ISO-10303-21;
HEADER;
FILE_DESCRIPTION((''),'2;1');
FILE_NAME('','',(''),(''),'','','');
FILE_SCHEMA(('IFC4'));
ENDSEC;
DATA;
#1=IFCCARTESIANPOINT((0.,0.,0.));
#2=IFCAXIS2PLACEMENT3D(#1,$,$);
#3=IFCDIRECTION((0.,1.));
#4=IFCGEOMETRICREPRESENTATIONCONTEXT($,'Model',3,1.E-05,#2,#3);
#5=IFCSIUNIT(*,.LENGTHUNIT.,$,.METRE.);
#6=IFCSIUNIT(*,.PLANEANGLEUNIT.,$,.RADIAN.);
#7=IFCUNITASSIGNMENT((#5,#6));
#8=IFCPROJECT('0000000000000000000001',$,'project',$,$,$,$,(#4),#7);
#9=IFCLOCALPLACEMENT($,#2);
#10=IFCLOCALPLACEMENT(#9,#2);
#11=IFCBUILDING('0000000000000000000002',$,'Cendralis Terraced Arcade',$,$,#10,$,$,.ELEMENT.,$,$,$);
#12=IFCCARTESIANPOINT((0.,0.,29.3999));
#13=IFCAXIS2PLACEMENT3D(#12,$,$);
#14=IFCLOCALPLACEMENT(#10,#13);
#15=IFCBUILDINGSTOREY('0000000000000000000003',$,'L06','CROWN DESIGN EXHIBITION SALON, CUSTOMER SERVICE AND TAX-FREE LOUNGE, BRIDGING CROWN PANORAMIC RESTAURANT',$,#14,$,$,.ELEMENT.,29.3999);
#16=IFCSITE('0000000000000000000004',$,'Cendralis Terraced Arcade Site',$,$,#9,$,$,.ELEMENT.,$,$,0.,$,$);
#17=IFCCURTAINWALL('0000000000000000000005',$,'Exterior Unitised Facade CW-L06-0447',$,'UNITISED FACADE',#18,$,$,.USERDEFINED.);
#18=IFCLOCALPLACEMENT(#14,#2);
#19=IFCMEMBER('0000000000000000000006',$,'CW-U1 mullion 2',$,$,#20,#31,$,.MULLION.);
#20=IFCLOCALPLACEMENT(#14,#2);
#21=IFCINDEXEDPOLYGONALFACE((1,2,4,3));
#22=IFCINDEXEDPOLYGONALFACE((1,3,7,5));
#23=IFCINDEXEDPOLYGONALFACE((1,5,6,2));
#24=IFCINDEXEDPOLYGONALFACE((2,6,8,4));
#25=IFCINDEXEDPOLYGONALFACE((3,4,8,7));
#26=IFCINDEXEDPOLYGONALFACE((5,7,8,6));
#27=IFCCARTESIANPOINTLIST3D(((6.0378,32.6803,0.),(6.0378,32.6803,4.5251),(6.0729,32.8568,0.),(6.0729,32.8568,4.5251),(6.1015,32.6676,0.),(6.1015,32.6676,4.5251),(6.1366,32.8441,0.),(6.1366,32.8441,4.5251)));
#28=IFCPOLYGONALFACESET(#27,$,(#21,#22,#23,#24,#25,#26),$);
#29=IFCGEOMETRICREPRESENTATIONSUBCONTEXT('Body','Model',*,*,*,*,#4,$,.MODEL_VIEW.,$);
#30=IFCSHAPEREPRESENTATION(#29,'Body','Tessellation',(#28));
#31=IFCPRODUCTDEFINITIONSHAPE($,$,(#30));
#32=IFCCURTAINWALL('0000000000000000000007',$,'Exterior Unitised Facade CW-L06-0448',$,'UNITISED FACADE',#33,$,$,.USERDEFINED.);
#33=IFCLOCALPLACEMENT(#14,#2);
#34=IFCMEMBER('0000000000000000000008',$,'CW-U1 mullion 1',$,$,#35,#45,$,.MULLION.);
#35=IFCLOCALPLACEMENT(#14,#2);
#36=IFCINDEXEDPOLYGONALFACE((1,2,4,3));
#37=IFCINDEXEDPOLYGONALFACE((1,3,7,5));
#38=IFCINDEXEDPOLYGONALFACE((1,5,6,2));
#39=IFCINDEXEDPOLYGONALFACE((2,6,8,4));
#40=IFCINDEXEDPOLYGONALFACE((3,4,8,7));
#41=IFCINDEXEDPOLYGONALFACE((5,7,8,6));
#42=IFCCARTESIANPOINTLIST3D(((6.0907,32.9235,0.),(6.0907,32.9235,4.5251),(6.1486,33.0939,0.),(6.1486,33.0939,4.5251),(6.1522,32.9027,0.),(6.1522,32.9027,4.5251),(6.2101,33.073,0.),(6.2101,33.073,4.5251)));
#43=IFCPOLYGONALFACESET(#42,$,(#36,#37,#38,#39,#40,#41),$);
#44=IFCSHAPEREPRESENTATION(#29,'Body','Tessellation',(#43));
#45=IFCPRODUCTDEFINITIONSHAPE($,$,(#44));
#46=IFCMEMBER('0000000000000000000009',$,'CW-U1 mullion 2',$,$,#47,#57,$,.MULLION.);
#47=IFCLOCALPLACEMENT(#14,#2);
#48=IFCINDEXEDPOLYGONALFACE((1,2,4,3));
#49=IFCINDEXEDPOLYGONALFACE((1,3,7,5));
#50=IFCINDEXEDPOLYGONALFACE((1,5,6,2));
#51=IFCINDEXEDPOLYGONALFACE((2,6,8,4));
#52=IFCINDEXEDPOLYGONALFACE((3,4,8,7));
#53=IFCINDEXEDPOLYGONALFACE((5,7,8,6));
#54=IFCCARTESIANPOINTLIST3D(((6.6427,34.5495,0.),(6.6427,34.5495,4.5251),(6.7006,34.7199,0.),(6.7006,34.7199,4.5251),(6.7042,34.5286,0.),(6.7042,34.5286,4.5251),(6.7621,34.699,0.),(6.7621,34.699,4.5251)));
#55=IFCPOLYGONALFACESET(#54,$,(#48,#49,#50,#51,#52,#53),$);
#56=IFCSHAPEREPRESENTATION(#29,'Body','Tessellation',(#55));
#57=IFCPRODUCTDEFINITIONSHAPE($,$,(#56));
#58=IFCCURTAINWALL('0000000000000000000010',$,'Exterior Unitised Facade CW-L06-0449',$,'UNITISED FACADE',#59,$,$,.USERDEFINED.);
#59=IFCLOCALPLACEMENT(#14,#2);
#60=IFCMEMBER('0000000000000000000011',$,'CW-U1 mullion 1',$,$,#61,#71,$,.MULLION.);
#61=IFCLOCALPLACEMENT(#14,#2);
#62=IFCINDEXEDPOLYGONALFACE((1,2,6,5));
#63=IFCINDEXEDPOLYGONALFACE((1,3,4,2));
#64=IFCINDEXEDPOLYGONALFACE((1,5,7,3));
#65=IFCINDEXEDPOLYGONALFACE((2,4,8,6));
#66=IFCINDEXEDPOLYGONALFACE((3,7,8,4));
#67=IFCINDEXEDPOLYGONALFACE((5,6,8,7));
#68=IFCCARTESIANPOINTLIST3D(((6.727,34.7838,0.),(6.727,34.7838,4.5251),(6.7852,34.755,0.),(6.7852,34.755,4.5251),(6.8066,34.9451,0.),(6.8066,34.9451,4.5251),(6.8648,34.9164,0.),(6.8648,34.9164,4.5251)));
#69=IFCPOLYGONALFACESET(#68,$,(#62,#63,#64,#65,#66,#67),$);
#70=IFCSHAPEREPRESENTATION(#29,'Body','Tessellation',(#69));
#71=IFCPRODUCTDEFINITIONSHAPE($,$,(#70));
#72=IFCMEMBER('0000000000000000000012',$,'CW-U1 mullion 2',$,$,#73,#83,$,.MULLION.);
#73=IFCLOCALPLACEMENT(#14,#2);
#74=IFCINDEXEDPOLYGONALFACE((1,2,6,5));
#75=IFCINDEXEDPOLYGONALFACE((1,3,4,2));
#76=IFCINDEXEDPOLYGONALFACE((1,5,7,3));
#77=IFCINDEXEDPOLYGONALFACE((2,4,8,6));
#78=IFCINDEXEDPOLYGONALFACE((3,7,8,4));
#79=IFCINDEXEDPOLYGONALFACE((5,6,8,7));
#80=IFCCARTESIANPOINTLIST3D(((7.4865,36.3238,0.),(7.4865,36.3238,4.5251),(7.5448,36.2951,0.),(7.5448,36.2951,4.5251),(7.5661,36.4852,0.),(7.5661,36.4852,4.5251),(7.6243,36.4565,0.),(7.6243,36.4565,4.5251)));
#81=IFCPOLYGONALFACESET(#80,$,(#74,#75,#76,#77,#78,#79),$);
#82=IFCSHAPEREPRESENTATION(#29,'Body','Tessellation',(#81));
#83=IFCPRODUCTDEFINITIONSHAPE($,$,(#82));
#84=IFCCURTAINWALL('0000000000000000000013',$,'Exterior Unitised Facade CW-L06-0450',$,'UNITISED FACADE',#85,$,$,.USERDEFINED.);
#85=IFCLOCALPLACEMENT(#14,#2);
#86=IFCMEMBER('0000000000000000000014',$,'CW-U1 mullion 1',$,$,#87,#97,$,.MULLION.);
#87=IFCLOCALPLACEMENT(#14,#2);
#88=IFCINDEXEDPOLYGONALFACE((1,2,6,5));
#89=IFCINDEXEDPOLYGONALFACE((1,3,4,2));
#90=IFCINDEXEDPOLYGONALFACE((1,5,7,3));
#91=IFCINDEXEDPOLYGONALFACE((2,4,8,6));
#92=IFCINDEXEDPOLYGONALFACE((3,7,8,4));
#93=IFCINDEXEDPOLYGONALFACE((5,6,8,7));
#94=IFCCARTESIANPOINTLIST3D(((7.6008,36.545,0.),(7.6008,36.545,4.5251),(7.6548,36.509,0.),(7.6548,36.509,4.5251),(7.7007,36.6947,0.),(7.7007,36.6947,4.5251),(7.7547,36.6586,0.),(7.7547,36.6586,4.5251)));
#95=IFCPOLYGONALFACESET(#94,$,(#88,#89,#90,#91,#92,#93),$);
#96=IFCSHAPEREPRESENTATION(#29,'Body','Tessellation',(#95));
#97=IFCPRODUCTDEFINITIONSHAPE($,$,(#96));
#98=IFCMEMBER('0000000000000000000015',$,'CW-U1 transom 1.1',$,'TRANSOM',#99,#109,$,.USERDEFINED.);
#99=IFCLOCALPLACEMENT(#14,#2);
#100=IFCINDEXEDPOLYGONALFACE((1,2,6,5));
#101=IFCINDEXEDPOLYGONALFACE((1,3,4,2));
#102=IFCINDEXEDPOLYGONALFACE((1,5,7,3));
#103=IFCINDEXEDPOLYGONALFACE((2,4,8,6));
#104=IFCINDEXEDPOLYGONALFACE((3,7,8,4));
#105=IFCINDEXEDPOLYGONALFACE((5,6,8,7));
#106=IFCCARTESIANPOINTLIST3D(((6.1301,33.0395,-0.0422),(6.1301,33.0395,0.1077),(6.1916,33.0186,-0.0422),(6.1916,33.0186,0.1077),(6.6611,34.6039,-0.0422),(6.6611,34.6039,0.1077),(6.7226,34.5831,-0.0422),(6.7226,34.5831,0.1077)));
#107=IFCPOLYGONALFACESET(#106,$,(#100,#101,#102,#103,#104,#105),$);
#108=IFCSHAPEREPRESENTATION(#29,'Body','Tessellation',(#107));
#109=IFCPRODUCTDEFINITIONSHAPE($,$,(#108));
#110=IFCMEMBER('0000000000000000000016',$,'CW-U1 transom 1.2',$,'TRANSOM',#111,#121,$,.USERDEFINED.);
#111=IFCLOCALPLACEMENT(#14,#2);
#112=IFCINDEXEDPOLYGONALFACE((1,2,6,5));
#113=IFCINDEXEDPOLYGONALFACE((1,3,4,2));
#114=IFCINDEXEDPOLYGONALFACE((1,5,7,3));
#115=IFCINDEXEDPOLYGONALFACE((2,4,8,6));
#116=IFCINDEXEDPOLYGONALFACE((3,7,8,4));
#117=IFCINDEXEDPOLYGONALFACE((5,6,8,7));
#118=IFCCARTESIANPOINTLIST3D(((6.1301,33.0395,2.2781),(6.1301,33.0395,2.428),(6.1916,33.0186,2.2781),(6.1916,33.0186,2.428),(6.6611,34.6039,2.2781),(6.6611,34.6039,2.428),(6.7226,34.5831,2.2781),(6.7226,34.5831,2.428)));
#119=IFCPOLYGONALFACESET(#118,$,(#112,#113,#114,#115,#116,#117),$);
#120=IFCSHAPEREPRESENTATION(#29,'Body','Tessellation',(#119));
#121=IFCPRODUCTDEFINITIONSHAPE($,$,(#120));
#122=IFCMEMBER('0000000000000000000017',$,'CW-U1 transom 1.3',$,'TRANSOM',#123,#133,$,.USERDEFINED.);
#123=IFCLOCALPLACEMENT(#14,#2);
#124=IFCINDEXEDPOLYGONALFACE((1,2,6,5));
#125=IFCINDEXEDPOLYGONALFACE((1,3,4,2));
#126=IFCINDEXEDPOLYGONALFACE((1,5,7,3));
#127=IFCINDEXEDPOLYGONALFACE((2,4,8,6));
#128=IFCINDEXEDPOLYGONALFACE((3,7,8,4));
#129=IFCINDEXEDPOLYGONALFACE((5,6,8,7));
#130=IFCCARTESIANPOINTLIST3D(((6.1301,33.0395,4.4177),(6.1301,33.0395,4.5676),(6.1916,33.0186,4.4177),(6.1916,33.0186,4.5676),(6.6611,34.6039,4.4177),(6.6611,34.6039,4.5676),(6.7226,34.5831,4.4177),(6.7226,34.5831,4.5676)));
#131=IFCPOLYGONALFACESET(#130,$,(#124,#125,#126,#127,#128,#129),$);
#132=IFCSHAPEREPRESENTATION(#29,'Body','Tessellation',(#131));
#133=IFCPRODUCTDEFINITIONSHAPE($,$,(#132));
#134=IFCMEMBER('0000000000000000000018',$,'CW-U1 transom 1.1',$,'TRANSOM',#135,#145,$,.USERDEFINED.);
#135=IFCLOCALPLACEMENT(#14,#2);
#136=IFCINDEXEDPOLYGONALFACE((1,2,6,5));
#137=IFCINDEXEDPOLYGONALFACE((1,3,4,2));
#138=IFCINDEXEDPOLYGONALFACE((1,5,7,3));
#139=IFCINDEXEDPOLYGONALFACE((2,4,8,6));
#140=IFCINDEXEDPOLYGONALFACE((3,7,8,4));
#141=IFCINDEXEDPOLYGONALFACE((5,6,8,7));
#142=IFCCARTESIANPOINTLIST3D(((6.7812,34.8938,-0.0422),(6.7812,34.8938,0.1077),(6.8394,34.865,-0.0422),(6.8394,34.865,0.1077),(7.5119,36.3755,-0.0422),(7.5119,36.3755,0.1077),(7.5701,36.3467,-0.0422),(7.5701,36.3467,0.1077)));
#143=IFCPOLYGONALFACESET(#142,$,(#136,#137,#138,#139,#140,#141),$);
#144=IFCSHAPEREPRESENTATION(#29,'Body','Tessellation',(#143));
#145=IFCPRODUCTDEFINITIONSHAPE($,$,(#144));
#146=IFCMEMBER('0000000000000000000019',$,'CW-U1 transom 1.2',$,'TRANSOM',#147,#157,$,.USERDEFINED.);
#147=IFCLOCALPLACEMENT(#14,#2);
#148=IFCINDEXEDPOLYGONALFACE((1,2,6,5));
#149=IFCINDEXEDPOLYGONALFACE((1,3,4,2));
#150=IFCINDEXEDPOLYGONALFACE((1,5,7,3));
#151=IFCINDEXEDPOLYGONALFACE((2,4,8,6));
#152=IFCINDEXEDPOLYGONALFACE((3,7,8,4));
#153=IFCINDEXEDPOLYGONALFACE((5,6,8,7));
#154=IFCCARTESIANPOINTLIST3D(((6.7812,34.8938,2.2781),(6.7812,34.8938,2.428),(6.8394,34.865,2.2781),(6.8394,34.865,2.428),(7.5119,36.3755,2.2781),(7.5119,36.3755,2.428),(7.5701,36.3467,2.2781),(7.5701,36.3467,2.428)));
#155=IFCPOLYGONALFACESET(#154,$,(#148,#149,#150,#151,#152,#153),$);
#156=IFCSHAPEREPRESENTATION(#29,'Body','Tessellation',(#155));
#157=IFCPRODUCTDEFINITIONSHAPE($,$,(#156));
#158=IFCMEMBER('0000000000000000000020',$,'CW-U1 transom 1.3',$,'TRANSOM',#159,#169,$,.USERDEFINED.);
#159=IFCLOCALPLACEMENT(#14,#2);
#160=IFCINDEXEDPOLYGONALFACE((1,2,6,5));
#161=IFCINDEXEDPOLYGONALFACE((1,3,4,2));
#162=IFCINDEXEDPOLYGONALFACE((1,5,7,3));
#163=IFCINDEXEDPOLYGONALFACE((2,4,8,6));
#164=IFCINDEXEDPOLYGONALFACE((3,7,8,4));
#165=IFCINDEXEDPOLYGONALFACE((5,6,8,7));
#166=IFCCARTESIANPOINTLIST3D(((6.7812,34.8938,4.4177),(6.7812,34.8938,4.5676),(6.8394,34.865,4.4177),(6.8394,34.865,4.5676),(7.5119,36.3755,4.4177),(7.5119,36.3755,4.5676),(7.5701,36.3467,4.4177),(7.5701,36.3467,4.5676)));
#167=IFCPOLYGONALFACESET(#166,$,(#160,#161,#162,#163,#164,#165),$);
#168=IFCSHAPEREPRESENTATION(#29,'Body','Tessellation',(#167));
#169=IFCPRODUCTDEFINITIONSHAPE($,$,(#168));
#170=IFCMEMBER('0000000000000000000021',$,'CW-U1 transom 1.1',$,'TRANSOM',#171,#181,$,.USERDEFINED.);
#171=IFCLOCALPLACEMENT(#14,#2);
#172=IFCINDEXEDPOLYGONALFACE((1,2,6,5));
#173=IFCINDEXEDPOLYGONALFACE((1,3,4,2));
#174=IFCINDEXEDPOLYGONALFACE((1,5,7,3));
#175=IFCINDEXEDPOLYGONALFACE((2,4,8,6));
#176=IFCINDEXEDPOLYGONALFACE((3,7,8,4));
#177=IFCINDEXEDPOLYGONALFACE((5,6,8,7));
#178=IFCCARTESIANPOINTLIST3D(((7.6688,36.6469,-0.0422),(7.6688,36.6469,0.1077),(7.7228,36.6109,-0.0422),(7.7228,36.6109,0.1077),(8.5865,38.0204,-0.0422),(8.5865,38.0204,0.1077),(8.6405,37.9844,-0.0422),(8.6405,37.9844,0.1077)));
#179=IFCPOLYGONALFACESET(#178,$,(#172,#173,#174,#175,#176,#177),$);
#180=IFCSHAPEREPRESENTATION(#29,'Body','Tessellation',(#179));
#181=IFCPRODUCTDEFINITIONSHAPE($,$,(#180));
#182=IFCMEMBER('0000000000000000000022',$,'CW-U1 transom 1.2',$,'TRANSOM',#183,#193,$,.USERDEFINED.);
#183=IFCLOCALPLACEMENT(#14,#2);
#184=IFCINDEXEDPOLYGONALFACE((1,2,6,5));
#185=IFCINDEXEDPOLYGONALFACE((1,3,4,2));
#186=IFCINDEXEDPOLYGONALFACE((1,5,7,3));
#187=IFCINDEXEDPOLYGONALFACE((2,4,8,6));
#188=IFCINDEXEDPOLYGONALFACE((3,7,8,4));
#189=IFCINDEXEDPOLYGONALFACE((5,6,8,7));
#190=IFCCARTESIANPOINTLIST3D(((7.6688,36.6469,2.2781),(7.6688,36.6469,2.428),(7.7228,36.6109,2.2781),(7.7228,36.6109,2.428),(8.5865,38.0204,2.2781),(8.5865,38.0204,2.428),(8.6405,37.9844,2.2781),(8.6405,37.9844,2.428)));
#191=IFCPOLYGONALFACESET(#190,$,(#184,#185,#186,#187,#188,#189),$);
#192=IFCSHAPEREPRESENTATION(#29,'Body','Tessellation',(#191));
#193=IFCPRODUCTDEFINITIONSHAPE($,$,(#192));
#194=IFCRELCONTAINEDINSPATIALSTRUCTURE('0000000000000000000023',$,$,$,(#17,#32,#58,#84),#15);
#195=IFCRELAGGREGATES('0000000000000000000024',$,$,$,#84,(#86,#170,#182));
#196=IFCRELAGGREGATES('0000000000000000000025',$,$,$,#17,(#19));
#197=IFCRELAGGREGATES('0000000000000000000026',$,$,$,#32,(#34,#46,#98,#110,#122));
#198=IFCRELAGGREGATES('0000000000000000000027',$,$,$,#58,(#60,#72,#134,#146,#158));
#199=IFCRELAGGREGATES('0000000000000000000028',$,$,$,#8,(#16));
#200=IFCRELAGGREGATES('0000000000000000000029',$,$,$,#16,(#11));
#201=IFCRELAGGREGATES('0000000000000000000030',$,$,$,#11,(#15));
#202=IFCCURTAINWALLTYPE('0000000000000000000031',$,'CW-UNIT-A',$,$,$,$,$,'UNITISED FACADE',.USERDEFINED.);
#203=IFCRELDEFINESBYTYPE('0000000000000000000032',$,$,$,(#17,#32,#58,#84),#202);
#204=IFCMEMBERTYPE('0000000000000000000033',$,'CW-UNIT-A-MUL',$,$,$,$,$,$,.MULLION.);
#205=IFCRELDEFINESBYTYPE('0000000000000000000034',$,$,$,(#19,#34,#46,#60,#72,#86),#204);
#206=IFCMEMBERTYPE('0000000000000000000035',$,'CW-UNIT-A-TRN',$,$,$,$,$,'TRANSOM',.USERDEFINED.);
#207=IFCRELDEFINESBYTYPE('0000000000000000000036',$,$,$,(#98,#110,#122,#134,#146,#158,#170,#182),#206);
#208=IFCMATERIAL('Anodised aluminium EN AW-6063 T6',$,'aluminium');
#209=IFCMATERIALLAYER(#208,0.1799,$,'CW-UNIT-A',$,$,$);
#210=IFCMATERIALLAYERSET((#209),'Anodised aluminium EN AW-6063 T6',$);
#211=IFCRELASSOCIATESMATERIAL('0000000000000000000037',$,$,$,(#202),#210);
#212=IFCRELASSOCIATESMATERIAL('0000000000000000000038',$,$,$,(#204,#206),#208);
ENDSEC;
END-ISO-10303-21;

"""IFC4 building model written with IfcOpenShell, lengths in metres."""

from ifc_helpers import new_model, si_unit, direction, frame, origin, origin_2d, place, context, subcontext, project, spatial, rectangle, extrude, material, layer, layer_set, material_profile, profile_set, type_object, element, aggregate, save


model = new_model("IFC4")

# Units and contexts
model_context = context("Model", 3, precision=1e-05, world=origin(), true_north=direction((0.0, 1.0)))
body_context = subcontext(model_context, "Body", "Model", "MODEL_VIEW")
ifc_project = project(units=[si_unit("LENGTHUNIT", "METRE"), si_unit("PLANEANGLEUNIT", "RADIAN")], contexts=[model_context])

# Site, building, storey
site_placement = place(None, origin())
site = spatial("IfcSite", under=ifc_project, at=site_placement, Name="Cendralis Terraced Arcade Site", CompositionType="ELEMENT", RefElevation=0.0)
building_placement = place(site_placement, origin())
building = spatial("IfcBuilding", under=site, at=building_placement, Name="Cendralis Terraced Arcade", CompositionType="ELEMENT")
storey_placement = place(building_placement, frame((0.0, 0.0, 29.3999)))
storey = spatial("IfcBuildingStorey", under=building, at=storey_placement, Name="L06", Description="CROWN DESIGN EXHIBITION SALON, CUSTOMER SERVICE AND TAX-FREE LOUNGE, BRIDGING CROWN PANORAMIC RESTAURANT", CompositionType="ELEMENT", Elevation=29.3999)

# Curtain wall, member
ifc_material_1 = material(Name="Anodised aluminium EN AW-6063 T6", Category="aluminium")
ifc_layer_1 = layer(ifc_material_1, 0.1799, Name="CW-UNIT-A")
ifc_layer_set_1 = layer_set([ifc_layer_1], Name="Anodised aluminium EN AW-6063 T6")
curtain_wall_type = type_object("IfcCurtainWallType", Name="CW-UNIT-A", ElementType="UNITISED FACADE", PredefinedType="USERDEFINED", material=ifc_layer_set_1)
curtain_wall_1_placement = place(storey_placement, origin())
curtain_wall_1 = element("IfcCurtainWall", 1, at=curtain_wall_1_placement, inside=storey, type_object=curtain_wall_type, Name="Exterior Unitised Facade CW-L06-0447", ObjectType="UNITISED FACADE", PredefinedType="USERDEFINED")
ifc_material_profile_1 = material_profile(ifc_material_1, rectangle(XDim=0.0649, YDim=0.1799, at=origin_2d()), Name="ALU-MUL-65x180")
ifc_profile_set_1 = profile_set([ifc_material_profile_1], Name="Anodised aluminium EN AW-6063 T6")
member_type_1 = type_object("IfcMemberType", Name="CW-UNIT-A-MUL", PredefinedType="MULLION", material=ifc_profile_set_1)
member_1_placement = place(storey_placement, frame((6.0872, 32.7622, 0.0), z_axis=(0.0, 0.0, 1.0), x_axis=(-0.980792, 0.195058, 0.0)))
member_1 = element("IfcMember", 2, at=member_1_placement, type_object=member_type_1, Name="CW-U1 mullion 2", PredefinedType="MULLION", context=body_context, shape_type="SweptSolid", body=[
    extrude(rectangle(XDim=0.0649, YDim=0.1799, at=origin_2d()), origin(), (0.0, 0.0, 1.0), 4.5251),
])

# Curtain walls, members
curtain_wall_2_placement = place(storey_placement, origin())
curtain_wall_2 = element("IfcCurtainWall", 3, at=curtain_wall_2_placement, inside=storey, type_object=curtain_wall_type, Name="Exterior Unitised Facade CW-L06-0448", ObjectType="UNITISED FACADE", PredefinedType="USERDEFINED")
member_2_placement = place(storey_placement, frame((6.1504, 32.9983, 0.0), z_axis=(0.0, 0.0, 1.0), x_axis=(-0.946924, 0.321458, 0.0)))
member_2 = element("IfcMember", 4, at=member_2_placement, type_object=member_type_1, Name="CW-U1 mullion 1", PredefinedType="MULLION", context=body_context, shape_type="SweptSolid", body=[
    extrude(rectangle(XDim=0.0649, YDim=0.1799, at=origin_2d()), origin(), (0.0, 0.0, 1.0), 4.5251),
])
member_3_placement = place(storey_placement, frame((6.7024, 34.6243, 0.0), z_axis=(0.0, 0.0, 1.0), x_axis=(-0.946924, 0.321458, 0.0)))
member_3 = element("IfcMember", 5, at=member_3_placement, type_object=member_type_1, Name="CW-U1 mullion 2", PredefinedType="MULLION", context=body_context, shape_type="SweptSolid", body=[
    extrude(rectangle(XDim=0.0649, YDim=0.1799, at=origin_2d()), origin(), (0.0, 0.0, 1.0), 4.5251),
])
curtain_wall_3_placement = place(storey_placement, origin())
curtain_wall_3 = element("IfcCurtainWall", 6, at=curtain_wall_3_placement, inside=storey, type_object=curtain_wall_type, Name="Exterior Unitised Facade CW-L06-0449", ObjectType="UNITISED FACADE", PredefinedType="USERDEFINED")
member_4_placement = place(storey_placement, frame((6.7959, 34.8501, 0.0), z_axis=(0.0, 0.0, 1.0), x_axis=(-0.896871, 0.442291, 0.0)))
member_4 = element("IfcMember", 7, at=member_4_placement, type_object=member_type_1, Name="CW-U1 mullion 1", PredefinedType="MULLION", context=body_context, shape_type="SweptSolid", body=[
    extrude(rectangle(XDim=0.0649, YDim=0.1799, at=origin_2d()), origin(), (0.0, 0.0, 1.0), 4.5251),
])
member_5_placement = place(storey_placement, frame((7.5554, 36.3901, 0.0), z_axis=(0.0, 0.0, 1.0), x_axis=(-0.896871, 0.442291, 0.0)))
member_5 = element("IfcMember", 8, at=member_5_placement, type_object=member_type_1, Name="CW-U1 mullion 2", PredefinedType="MULLION", context=body_context, shape_type="SweptSolid", body=[
    extrude(rectangle(XDim=0.0649, YDim=0.1799, at=origin_2d()), origin(), (0.0, 0.0, 1.0), 4.5251),
])

# Curtain wall, member
curtain_wall_4_placement = place(storey_placement, origin())
curtain_wall_4 = element("IfcCurtainWall", 9, at=curtain_wall_4_placement, inside=storey, type_object=curtain_wall_type, Name="Exterior Unitised Facade CW-L06-0450", ObjectType="UNITISED FACADE", PredefinedType="USERDEFINED")
member_6_placement = place(storey_placement, frame((7.6777, 36.6018, 0.0), z_axis=(0.0, 0.0, 1.0), x_axis=(-0.831471, 0.555567, 0.0)))
member_6 = element("IfcMember", 10, at=member_6_placement, type_object=member_type_1, Name="CW-U1 mullion 1", PredefinedType="MULLION", context=body_context, shape_type="SweptSolid", body=[
    extrude(rectangle(XDim=0.0649, YDim=0.1799, at=origin_2d()), origin(), (0.0, 0.0, 1.0), 4.5251),
])

# Members
ifc_material_profile_2 = material_profile(ifc_material_1, rectangle(XDim=0.0649, YDim=0.1499, at=origin_2d()), Name="ALU-TRN-65x150")
ifc_profile_set_2 = profile_set([ifc_material_profile_2], Name="Anodised aluminium EN AW-6063 T6")
member_type_2 = type_object("IfcMemberType", Name="CW-UNIT-A-TRN", ElementType="TRANSOM", PredefinedType="USERDEFINED", material=ifc_profile_set_2)
member_7_placement = place(storey_placement, frame((6.1609, 33.0291, 0.0327), z_axis=(0.32141, 0.94694, 0.0), x_axis=(-0.94694, 0.32141, 0.0)))
member_7 = element("IfcMember", 11, at=member_7_placement, type_object=member_type_2, Name="CW-U1 transom 1.1", ObjectType="TRANSOM", PredefinedType="USERDEFINED", context=body_context, shape_type="SweptSolid", body=[
    extrude(rectangle(XDim=0.0649, YDim=0.1499, at=origin_2d()), origin(), (0.0, 0.0, 1.0), 1.6521),
])
member_8_placement = place(storey_placement, frame((6.1609, 33.0291, 2.353), z_axis=(0.32141, 0.94694, 0.0), x_axis=(-0.94694, 0.32141, 0.0)))
member_8 = element("IfcMember", 12, at=member_8_placement, type_object=member_type_2, Name="CW-U1 transom 1.2", ObjectType="TRANSOM", PredefinedType="USERDEFINED", context=body_context, shape_type="SweptSolid", body=[
    extrude(rectangle(XDim=0.0649, YDim=0.1499, at=origin_2d()), origin(), (0.0, 0.0, 1.0), 1.6521),
])
member_9_placement = place(storey_placement, frame((6.1609, 33.0291, 4.4927), z_axis=(0.32141, 0.94694, 0.0), x_axis=(-0.94694, 0.32141, 0.0)))
member_9 = element("IfcMember", 13, at=member_9_placement, type_object=member_type_2, Name="CW-U1 transom 1.3", ObjectType="TRANSOM", PredefinedType="USERDEFINED", context=body_context, shape_type="SweptSolid", body=[
    extrude(rectangle(XDim=0.0649, YDim=0.1499, at=origin_2d()), origin(), (0.0, 0.0, 1.0), 1.6521),
])
member_10_placement = place(storey_placement, frame((6.8103, 34.8794, 0.0327), z_axis=(0.442301, 0.896867, 0.0), x_axis=(-0.896867, 0.442301, 0.0)))
member_10 = element("IfcMember", 14, at=member_10_placement, type_object=member_type_2, Name="CW-U1 transom 1.1", ObjectType="TRANSOM", PredefinedType="USERDEFINED", context=body_context, shape_type="SweptSolid", body=[
    extrude(rectangle(XDim=0.0649, YDim=0.1499, at=origin_2d()), origin(), (0.0, 0.0, 1.0), 1.6521),
])
member_11_placement = place(storey_placement, frame((6.8103, 34.8794, 2.353), z_axis=(0.442301, 0.896867, 0.0), x_axis=(-0.896867, 0.442301, 0.0)))
member_11 = element("IfcMember", 15, at=member_11_placement, type_object=member_type_2, Name="CW-U1 transom 1.2", ObjectType="TRANSOM", PredefinedType="USERDEFINED", context=body_context, shape_type="SweptSolid", body=[
    extrude(rectangle(XDim=0.0649, YDim=0.1499, at=origin_2d()), origin(), (0.0, 0.0, 1.0), 1.6521),
])
member_12_placement = place(storey_placement, frame((6.8103, 34.8794, 4.4927), z_axis=(0.442301, 0.896867, 0.0), x_axis=(-0.896867, 0.442301, 0.0)))
member_12 = element("IfcMember", 16, at=member_12_placement, type_object=member_type_2, Name="CW-U1 transom 1.3", ObjectType="TRANSOM", PredefinedType="USERDEFINED", context=body_context, shape_type="SweptSolid", body=[
    extrude(rectangle(XDim=0.0649, YDim=0.1499, at=origin_2d()), origin(), (0.0, 0.0, 1.0), 1.6521),
])
member_13_placement = place(storey_placement, frame((7.6958, 36.6289, 0.0327), z_axis=(0.555553, 0.831481, 0.0), x_axis=(-0.831481, 0.555553, 0.0)))
member_13 = element("IfcMember", 17, at=member_13_placement, type_object=member_type_2, Name="CW-U1 transom 1.1", ObjectType="TRANSOM", PredefinedType="USERDEFINED", context=body_context, shape_type="SweptSolid", body=[
    extrude(rectangle(XDim=0.0649, YDim=0.1499, at=origin_2d()), origin(), (0.0, 0.0, 1.0), 1.6519),
])
member_14_placement = place(storey_placement, frame((7.6958, 36.6289, 2.353), z_axis=(0.555553, 0.831481, 0.0), x_axis=(-0.831481, 0.555553, 0.0)))
member_14 = element("IfcMember", 18, at=member_14_placement, type_object=member_type_2, Name="CW-U1 transom 1.2", ObjectType="TRANSOM", PredefinedType="USERDEFINED", context=body_context, shape_type="SweptSolid", body=[
    extrude(rectangle(XDim=0.0649, YDim=0.1499, at=origin_2d()), origin(), (0.0, 0.0, 1.0), 1.6519),
])
aggregate(curtain_wall_4, [member_6, member_13, member_14])

aggregate(curtain_wall_1, [member_1])
aggregate(curtain_wall_2, [member_2, member_3, member_7, member_8, member_9])
aggregate(curtain_wall_3, [member_4, member_5, member_10, member_11, member_12])

save(model, "model.ifc")
